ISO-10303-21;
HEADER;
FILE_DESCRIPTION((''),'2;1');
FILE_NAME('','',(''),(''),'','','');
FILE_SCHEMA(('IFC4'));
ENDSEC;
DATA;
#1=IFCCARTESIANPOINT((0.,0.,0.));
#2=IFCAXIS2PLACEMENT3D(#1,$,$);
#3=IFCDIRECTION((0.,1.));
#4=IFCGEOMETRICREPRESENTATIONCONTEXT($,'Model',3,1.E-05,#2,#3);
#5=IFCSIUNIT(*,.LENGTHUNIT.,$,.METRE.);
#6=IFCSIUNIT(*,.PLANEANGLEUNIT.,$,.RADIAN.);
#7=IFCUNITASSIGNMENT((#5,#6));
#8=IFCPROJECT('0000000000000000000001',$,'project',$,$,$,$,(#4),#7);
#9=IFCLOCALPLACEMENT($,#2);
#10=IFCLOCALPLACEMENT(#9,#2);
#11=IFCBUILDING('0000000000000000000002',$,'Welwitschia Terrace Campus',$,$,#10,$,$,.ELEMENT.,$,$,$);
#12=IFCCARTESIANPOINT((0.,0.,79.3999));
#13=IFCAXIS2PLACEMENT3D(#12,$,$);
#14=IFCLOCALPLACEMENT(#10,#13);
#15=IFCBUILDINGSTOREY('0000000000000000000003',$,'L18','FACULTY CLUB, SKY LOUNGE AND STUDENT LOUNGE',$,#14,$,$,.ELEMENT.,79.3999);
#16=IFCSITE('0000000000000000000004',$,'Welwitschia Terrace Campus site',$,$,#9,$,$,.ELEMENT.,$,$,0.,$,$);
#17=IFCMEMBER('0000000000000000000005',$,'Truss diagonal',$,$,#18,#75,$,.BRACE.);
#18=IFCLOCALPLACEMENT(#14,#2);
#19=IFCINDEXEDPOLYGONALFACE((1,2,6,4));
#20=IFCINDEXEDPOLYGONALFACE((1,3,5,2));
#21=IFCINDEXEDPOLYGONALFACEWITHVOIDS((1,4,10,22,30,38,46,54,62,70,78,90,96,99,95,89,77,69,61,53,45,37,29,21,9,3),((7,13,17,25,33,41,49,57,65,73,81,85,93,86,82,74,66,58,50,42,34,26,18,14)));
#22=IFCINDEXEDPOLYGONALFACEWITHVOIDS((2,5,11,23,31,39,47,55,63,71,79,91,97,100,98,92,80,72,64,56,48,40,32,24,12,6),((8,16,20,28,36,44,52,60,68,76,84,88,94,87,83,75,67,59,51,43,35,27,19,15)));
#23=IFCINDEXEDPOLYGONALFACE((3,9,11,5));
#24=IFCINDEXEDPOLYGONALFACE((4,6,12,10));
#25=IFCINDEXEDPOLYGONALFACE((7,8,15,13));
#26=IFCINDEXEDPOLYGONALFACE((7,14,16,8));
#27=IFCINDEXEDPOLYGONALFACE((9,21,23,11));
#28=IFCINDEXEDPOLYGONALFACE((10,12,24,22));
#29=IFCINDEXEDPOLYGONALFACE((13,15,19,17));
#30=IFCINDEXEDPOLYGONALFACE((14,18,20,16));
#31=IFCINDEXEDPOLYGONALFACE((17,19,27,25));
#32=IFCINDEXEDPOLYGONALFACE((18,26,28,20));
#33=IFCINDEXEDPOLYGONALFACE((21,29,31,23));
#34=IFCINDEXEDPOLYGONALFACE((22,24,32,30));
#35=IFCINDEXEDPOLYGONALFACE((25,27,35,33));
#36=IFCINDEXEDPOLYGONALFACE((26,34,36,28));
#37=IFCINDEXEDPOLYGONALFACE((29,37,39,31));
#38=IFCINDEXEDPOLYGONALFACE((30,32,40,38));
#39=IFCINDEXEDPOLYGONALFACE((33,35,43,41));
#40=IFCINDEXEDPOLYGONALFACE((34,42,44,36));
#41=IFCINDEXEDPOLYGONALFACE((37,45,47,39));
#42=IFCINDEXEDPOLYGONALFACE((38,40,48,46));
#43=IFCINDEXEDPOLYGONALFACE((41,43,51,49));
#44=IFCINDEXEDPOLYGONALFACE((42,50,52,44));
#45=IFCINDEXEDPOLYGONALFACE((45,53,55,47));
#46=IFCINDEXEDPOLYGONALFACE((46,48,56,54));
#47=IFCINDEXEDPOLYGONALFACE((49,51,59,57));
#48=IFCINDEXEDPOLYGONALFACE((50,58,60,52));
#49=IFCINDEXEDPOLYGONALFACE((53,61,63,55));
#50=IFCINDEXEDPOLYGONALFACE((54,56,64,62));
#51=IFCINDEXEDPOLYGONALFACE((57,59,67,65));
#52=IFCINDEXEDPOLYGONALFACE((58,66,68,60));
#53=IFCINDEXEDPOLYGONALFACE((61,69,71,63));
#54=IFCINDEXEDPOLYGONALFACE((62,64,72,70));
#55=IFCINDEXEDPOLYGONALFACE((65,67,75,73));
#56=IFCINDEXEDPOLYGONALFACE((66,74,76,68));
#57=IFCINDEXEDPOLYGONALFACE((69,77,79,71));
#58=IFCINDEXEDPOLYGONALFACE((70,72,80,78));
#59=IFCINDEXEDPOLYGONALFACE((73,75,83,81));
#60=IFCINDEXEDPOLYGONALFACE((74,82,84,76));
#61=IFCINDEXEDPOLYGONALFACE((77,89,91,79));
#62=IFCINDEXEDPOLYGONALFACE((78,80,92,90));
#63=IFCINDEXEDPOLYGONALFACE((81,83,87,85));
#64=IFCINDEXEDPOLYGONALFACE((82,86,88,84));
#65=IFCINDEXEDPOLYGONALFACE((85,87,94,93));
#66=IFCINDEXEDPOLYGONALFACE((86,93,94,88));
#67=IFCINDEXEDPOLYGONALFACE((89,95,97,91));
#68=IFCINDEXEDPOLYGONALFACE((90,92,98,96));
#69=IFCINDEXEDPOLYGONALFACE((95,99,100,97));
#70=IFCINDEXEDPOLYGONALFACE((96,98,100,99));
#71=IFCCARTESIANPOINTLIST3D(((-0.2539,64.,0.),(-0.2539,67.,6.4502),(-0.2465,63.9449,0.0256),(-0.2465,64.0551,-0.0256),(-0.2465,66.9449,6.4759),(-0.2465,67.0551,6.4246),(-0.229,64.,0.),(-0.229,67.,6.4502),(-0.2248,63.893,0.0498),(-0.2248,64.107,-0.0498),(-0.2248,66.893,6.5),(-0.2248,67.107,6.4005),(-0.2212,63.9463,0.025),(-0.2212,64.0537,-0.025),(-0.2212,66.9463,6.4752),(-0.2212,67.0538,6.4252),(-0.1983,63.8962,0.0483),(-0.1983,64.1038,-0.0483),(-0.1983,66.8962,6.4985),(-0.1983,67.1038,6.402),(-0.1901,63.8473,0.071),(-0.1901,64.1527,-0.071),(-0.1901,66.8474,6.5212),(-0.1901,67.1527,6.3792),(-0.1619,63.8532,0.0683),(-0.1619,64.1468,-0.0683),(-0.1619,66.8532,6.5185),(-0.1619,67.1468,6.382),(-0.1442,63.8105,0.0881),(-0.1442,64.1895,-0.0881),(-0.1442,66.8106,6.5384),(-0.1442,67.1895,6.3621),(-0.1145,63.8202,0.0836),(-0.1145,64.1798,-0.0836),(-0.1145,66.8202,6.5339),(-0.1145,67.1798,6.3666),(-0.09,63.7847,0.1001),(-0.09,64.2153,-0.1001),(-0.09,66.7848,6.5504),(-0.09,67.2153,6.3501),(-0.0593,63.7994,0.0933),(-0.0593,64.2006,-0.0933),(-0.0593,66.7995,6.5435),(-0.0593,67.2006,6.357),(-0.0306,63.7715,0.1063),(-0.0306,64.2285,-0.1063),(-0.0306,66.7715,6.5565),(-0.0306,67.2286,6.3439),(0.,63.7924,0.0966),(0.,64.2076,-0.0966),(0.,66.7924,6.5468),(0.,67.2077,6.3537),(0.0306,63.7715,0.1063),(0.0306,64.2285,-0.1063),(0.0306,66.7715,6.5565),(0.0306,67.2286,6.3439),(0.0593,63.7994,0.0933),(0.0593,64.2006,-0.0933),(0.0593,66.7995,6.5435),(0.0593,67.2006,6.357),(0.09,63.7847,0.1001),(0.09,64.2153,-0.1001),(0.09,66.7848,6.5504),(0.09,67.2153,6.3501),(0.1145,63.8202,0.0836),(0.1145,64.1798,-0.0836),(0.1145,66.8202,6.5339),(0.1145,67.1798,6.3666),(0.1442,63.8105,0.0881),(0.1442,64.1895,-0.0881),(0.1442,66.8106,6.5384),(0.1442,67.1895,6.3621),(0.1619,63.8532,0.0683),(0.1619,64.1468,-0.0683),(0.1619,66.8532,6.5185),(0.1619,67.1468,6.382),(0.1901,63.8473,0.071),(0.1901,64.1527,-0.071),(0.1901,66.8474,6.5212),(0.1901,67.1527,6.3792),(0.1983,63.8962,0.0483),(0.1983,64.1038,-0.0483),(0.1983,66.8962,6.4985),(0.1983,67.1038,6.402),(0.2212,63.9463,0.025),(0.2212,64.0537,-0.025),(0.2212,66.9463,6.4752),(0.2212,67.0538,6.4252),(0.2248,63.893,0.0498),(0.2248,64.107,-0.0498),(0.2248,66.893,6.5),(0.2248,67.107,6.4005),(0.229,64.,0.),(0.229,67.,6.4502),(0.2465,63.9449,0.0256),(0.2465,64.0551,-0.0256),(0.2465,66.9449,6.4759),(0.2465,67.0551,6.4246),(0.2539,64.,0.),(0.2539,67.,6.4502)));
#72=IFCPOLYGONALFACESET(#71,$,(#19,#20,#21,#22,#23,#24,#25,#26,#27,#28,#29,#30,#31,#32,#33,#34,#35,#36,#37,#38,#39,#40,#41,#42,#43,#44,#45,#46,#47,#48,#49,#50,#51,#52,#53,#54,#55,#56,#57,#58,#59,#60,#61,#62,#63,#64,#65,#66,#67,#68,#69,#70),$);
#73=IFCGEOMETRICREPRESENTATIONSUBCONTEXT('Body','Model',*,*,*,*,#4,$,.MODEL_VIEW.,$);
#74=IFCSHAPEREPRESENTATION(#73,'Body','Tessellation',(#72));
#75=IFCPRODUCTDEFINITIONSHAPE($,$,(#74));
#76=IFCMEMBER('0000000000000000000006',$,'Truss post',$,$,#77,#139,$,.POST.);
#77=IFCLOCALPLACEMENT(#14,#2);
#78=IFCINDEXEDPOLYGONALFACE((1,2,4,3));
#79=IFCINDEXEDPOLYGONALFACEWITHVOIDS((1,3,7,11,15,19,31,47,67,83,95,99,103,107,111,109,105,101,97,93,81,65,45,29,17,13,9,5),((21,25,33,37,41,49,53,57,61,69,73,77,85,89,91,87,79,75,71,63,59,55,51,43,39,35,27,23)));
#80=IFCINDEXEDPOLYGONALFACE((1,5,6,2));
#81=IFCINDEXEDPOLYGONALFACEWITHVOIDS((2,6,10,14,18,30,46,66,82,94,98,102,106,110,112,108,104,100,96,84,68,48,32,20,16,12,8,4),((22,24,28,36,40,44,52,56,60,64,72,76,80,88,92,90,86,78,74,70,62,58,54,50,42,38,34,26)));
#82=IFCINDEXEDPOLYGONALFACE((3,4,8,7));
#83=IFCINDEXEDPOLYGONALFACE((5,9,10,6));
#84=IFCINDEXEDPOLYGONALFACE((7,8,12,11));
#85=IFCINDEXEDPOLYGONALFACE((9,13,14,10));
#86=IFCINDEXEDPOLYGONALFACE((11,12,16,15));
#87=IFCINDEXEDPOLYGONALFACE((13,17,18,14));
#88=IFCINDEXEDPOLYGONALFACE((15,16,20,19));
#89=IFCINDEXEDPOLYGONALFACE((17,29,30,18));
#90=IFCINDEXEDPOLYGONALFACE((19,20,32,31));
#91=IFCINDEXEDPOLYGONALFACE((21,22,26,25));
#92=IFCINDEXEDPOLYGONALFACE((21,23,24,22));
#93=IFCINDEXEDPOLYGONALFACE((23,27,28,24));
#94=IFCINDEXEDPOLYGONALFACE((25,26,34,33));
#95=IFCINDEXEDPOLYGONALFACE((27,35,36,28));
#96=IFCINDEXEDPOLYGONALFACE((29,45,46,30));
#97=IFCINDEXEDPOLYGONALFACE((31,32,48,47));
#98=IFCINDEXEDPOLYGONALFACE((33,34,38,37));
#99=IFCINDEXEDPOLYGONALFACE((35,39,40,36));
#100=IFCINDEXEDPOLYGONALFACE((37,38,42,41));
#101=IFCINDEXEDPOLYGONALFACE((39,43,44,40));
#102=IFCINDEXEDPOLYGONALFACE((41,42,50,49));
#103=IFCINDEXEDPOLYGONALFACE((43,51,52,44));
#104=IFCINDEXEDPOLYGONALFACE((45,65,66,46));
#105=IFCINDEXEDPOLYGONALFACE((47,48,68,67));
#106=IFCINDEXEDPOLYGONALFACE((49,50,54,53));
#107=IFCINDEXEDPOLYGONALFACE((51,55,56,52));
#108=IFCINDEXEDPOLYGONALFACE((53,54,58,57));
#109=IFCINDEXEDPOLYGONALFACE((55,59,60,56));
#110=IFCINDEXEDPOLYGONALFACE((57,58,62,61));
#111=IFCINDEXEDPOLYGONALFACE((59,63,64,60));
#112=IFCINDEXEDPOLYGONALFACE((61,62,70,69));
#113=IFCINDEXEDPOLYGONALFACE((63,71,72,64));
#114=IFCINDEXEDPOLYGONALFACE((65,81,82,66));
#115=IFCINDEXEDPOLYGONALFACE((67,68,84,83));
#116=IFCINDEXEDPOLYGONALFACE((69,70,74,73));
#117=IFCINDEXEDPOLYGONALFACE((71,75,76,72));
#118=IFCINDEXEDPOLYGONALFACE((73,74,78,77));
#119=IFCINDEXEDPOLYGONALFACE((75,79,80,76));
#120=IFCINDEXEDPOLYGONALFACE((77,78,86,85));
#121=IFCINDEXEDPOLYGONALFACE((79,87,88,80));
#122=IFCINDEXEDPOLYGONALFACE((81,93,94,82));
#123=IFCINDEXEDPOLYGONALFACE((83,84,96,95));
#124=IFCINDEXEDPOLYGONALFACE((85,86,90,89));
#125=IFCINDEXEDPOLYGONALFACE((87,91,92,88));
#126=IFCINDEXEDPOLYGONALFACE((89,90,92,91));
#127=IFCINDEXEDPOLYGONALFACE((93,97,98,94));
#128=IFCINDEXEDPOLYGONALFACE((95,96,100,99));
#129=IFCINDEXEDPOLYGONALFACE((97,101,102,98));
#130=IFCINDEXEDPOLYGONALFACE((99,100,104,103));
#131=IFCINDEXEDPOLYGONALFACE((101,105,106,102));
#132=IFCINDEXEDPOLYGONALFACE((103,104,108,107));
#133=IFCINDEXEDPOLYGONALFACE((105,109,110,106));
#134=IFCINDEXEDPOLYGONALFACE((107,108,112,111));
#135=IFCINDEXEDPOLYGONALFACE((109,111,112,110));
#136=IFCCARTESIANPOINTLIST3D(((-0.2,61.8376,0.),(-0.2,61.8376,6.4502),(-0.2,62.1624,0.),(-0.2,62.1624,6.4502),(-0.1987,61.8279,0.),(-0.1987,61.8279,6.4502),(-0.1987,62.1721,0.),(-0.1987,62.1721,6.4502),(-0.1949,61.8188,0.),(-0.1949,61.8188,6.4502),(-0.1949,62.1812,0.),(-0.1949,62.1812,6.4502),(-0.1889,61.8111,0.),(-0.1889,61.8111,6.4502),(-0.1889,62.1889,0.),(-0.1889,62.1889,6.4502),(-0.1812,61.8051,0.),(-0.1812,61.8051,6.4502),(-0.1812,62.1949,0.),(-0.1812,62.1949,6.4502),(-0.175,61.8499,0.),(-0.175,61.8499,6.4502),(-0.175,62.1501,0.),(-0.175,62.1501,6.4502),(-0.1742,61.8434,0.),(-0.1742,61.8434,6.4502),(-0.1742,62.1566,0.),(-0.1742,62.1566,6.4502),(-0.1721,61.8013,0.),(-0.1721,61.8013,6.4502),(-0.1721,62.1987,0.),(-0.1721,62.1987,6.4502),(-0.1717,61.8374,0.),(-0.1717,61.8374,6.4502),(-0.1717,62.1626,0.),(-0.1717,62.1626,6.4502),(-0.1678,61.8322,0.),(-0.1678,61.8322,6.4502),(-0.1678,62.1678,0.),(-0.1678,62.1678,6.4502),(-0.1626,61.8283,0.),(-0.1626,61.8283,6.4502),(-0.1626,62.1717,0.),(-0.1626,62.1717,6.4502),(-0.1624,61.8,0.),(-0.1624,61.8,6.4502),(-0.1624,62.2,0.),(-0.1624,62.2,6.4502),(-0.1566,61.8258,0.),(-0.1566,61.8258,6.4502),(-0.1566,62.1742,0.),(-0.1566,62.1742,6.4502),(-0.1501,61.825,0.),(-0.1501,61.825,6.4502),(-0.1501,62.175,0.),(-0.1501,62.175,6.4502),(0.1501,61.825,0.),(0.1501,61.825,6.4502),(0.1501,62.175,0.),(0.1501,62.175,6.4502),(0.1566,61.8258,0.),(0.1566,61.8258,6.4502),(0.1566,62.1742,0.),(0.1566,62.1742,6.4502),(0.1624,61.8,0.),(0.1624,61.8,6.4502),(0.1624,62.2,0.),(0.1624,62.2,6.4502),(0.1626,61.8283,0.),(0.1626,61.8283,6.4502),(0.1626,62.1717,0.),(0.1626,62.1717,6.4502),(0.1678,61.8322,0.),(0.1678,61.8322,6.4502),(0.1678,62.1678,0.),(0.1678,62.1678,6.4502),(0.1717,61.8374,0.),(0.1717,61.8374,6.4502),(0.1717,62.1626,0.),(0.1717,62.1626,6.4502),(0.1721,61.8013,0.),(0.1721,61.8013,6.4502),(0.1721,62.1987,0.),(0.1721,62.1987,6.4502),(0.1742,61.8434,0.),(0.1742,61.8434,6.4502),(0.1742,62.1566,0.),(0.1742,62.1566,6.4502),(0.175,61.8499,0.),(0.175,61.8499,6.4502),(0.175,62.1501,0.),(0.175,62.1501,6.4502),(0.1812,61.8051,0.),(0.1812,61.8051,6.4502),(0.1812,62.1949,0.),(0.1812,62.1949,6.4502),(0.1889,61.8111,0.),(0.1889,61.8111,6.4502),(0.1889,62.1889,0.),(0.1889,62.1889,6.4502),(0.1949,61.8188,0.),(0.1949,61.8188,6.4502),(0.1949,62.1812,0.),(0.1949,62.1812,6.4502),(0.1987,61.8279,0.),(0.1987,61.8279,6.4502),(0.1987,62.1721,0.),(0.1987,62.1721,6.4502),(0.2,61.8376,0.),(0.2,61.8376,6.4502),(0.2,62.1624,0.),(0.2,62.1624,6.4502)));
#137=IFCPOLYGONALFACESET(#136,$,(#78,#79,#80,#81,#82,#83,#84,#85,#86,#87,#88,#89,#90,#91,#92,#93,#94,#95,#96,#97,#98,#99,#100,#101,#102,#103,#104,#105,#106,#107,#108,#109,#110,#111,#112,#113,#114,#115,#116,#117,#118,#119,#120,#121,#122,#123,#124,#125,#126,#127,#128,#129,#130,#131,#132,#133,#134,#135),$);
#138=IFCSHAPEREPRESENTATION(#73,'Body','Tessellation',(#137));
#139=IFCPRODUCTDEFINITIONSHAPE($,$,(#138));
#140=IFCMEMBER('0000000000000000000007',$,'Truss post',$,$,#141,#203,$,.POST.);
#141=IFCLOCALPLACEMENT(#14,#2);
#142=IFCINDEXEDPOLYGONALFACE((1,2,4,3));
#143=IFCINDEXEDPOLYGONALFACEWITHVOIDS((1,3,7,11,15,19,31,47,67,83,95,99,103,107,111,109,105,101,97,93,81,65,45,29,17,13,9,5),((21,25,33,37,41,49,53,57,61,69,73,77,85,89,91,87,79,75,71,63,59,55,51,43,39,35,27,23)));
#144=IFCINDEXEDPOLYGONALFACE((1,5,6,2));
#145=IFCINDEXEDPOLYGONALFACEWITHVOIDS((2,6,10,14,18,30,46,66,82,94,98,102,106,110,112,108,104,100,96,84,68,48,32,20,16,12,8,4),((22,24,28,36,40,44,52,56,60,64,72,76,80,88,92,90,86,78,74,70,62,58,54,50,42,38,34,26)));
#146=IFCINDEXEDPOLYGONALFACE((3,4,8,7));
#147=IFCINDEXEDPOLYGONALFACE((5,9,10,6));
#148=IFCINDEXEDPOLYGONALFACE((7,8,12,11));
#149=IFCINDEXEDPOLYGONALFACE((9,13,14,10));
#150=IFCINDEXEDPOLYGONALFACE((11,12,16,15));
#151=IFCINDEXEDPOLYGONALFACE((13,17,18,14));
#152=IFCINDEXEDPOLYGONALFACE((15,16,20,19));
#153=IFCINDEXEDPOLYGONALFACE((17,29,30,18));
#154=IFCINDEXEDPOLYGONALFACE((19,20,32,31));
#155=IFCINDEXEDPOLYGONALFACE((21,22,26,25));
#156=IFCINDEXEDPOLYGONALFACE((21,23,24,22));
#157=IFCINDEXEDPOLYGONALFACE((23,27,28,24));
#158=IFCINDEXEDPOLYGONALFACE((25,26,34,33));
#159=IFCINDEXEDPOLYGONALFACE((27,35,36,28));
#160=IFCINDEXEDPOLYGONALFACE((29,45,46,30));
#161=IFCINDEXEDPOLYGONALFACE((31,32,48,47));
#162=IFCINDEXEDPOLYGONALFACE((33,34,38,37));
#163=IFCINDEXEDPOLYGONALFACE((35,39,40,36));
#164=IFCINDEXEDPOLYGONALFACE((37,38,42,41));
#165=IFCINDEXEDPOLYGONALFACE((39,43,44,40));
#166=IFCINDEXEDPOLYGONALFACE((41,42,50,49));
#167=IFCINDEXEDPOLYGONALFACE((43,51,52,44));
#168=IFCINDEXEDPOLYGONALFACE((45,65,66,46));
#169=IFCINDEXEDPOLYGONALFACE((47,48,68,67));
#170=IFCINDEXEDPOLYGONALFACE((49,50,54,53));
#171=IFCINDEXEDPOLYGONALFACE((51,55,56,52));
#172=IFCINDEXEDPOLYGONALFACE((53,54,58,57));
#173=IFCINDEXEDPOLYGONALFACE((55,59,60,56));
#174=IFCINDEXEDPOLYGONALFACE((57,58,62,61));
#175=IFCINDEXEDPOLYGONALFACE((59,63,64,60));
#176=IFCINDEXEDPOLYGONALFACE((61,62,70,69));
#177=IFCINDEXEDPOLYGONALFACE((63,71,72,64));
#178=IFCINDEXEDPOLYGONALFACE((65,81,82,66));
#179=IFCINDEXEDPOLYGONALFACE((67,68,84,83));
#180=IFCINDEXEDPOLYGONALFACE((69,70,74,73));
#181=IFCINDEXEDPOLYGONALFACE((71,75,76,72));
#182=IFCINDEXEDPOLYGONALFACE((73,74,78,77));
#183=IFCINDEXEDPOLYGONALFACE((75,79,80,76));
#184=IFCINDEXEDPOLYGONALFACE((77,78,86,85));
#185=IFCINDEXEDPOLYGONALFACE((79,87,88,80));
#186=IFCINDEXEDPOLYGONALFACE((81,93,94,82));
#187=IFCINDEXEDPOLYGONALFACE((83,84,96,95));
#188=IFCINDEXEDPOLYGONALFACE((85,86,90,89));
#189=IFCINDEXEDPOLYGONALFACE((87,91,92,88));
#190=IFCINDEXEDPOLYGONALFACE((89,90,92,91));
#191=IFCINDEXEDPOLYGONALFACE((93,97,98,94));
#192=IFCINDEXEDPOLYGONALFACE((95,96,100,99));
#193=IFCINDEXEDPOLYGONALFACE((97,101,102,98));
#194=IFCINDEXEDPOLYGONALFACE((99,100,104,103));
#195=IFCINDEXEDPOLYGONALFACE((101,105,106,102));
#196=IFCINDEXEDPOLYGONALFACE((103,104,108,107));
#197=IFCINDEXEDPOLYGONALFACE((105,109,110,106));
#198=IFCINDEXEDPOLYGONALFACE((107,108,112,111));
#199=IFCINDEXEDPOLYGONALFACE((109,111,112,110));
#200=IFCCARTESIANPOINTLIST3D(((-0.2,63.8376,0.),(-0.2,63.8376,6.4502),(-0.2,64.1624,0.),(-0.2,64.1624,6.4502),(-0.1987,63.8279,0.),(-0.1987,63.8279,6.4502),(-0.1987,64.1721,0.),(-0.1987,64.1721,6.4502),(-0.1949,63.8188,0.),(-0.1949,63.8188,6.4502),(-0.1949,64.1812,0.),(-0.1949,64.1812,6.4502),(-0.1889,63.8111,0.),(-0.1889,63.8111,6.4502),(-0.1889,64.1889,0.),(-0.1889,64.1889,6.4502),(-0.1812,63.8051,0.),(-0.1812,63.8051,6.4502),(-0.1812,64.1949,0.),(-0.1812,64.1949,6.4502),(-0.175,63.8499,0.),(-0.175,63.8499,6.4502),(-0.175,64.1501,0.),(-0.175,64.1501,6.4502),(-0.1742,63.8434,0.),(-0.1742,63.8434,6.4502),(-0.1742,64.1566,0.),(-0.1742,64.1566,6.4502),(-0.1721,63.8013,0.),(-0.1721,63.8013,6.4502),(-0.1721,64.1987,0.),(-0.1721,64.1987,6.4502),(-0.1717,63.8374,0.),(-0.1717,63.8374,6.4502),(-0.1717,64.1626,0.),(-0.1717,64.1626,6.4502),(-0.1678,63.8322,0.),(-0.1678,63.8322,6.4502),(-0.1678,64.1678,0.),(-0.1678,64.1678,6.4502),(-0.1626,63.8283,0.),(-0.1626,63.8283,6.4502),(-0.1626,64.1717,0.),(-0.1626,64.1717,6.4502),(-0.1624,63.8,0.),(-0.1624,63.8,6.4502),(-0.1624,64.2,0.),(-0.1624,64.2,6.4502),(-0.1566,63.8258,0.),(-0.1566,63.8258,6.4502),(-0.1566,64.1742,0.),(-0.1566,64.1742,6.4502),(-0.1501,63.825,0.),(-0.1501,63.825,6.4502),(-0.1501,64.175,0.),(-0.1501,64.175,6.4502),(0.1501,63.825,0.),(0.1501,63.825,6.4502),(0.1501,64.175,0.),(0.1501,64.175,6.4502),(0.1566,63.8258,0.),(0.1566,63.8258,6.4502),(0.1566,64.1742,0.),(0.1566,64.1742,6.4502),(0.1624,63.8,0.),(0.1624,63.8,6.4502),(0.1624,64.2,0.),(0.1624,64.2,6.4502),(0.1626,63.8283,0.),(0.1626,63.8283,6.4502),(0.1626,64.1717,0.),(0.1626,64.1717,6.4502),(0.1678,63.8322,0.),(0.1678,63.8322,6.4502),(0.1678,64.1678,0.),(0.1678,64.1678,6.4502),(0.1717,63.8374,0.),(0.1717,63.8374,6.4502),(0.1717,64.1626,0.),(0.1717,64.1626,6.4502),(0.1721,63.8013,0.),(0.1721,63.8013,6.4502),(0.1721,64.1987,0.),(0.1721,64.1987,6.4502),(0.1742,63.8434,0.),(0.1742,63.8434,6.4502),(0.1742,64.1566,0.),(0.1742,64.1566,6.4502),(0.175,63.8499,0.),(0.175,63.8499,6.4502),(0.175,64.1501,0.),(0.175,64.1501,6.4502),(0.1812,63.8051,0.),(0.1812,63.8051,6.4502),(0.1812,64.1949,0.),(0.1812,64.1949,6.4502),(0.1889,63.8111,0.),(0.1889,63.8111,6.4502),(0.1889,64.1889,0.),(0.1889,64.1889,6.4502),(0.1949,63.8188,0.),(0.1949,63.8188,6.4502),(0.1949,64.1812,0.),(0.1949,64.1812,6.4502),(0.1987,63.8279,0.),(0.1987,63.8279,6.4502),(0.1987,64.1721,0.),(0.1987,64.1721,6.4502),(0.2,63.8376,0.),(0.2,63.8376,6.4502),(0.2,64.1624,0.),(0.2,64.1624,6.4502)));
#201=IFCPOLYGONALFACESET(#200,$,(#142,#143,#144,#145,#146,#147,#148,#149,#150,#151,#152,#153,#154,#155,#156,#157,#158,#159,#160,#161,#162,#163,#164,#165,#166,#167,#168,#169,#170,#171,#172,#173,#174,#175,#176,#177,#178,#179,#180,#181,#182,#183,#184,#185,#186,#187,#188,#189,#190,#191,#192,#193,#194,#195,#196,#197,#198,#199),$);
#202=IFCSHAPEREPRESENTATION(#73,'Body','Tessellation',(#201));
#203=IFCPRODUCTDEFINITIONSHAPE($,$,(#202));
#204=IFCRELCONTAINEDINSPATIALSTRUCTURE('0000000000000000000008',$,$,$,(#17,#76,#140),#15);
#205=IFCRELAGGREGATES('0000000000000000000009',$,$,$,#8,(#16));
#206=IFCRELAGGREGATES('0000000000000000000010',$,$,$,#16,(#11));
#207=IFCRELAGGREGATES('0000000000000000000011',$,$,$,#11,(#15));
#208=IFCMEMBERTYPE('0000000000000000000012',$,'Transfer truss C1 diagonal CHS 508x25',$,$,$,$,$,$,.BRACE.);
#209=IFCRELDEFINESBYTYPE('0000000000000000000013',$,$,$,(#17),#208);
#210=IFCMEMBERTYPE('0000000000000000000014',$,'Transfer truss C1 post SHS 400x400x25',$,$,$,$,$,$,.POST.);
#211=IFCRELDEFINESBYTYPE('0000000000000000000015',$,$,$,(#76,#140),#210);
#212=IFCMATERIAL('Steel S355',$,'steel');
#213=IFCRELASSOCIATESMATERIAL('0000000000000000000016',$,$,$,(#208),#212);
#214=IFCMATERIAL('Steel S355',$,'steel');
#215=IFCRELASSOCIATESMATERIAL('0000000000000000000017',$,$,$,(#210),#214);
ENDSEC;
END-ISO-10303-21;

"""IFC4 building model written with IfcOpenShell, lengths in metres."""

from ifc_helpers import new_model, si_unit, direction, frame, origin, origin_2d, place, context, subcontext, project, spatial, hollow_rectangle, hollow_circle, extrude, material, material_profile, profile_set, type_object, element, save


model = new_model("IFC4")

# Units and contexts
model_context = context("Model", 3, precision=1e-05, world=origin(), true_north=direction((0.0, 1.0)))
body_context = subcontext(model_context, "Body", "Model", "MODEL_VIEW")
ifc_project = project(units=[si_unit("LENGTHUNIT", "METRE"), si_unit("PLANEANGLEUNIT", "RADIAN")], contexts=[model_context])

# Site, building, storey
site_placement = place(None, origin())
site = spatial("IfcSite", under=ifc_project, at=site_placement, Name="Welwitschia Terrace Campus site", CompositionType="ELEMENT", RefElevation=0.0)
building_placement = place(site_placement, origin())
building = spatial("IfcBuilding", under=site, at=building_placement, Name="Welwitschia Terrace Campus", CompositionType="ELEMENT")
storey_placement = place(building_placement, frame((0.0, 0.0, 79.3999)))
storey = spatial("IfcBuildingStorey", under=building, at=storey_placement, Name="L18", Description="FACULTY CLUB, SKY LOUNGE AND STUDENT LOUNGE", CompositionType="ELEMENT", Elevation=79.3999)

# Members
ifc_material_1 = material(Name="Steel S355", Category="steel")
ifc_material_profile_1 = material_profile(ifc_material_1, hollow_circle(Radius=0.2539, WallThickness=0.0249, at=origin_2d()))
ifc_profile_set_1 = profile_set([ifc_material_profile_1], Name="Steel S355")
member_type_1 = type_object("IfcMemberType", Name="Transfer truss C1 diagonal CHS 508x25", PredefinedType="BRACE", material=ifc_profile_set_1)
member_1_placement = place(storey_placement, frame((0.0, 64.0, 0.0), z_axis=(0.0, 0.42172, 0.906726), x_axis=(-1.0, 0.0, 0.0)))
element("IfcMember", 1, at=member_1_placement, inside=storey, type_object=member_type_1, Name="Truss diagonal", PredefinedType="BRACE", context=body_context, shape_type="SweptSolid", body=[
    extrude(hollow_circle(Radius=0.2539, WallThickness=0.0249, at=origin_2d()), origin(), (0.0, 0.0, 1.0), 7.1138),
])
ifc_material_2 = material(Name="Steel S355", Category="steel")
ifc_material_profile_2 = material_profile(ifc_material_2, hollow_rectangle(XDim=0.3999, YDim=0.3999, WallThickness=0.0249, InnerFilletRadius=0.0249, OuterFilletRadius=0.0376, at=origin_2d()))
ifc_profile_set_2 = profile_set([ifc_material_profile_2], Name="Steel S355")
member_type_2 = type_object("IfcMemberType", Name="Transfer truss C1 post SHS 400x400x25", PredefinedType="POST", material=ifc_profile_set_2)
for number, where, z_axis, x_axis, name in (
    (2, (0.0, 62.0, 0.0), (0.0, 0.0, 1.0), (1.0, 0.0, 0.0), "Truss post"),
    (3, (0.0, 64.0, 0.0), (0.0, 0.0, 1.0), (1.0, 0.0, 0.0), "Truss post"),
):
    element("IfcMember", number, at=place(storey_placement, frame(where, z_axis=z_axis, x_axis=x_axis)), inside=storey, type_object=member_type_2, Name=name, PredefinedType="POST", context=body_context, shape_type="SweptSolid", body=[
        extrude(hollow_rectangle(XDim=0.3999, YDim=0.3999, WallThickness=0.0249, InnerFilletRadius=0.0249, OuterFilletRadius=0.0376, at=origin_2d()), origin(), (0.0, 0.0, 1.0), 6.4502),
    ])

save(model, "model.ifc")
